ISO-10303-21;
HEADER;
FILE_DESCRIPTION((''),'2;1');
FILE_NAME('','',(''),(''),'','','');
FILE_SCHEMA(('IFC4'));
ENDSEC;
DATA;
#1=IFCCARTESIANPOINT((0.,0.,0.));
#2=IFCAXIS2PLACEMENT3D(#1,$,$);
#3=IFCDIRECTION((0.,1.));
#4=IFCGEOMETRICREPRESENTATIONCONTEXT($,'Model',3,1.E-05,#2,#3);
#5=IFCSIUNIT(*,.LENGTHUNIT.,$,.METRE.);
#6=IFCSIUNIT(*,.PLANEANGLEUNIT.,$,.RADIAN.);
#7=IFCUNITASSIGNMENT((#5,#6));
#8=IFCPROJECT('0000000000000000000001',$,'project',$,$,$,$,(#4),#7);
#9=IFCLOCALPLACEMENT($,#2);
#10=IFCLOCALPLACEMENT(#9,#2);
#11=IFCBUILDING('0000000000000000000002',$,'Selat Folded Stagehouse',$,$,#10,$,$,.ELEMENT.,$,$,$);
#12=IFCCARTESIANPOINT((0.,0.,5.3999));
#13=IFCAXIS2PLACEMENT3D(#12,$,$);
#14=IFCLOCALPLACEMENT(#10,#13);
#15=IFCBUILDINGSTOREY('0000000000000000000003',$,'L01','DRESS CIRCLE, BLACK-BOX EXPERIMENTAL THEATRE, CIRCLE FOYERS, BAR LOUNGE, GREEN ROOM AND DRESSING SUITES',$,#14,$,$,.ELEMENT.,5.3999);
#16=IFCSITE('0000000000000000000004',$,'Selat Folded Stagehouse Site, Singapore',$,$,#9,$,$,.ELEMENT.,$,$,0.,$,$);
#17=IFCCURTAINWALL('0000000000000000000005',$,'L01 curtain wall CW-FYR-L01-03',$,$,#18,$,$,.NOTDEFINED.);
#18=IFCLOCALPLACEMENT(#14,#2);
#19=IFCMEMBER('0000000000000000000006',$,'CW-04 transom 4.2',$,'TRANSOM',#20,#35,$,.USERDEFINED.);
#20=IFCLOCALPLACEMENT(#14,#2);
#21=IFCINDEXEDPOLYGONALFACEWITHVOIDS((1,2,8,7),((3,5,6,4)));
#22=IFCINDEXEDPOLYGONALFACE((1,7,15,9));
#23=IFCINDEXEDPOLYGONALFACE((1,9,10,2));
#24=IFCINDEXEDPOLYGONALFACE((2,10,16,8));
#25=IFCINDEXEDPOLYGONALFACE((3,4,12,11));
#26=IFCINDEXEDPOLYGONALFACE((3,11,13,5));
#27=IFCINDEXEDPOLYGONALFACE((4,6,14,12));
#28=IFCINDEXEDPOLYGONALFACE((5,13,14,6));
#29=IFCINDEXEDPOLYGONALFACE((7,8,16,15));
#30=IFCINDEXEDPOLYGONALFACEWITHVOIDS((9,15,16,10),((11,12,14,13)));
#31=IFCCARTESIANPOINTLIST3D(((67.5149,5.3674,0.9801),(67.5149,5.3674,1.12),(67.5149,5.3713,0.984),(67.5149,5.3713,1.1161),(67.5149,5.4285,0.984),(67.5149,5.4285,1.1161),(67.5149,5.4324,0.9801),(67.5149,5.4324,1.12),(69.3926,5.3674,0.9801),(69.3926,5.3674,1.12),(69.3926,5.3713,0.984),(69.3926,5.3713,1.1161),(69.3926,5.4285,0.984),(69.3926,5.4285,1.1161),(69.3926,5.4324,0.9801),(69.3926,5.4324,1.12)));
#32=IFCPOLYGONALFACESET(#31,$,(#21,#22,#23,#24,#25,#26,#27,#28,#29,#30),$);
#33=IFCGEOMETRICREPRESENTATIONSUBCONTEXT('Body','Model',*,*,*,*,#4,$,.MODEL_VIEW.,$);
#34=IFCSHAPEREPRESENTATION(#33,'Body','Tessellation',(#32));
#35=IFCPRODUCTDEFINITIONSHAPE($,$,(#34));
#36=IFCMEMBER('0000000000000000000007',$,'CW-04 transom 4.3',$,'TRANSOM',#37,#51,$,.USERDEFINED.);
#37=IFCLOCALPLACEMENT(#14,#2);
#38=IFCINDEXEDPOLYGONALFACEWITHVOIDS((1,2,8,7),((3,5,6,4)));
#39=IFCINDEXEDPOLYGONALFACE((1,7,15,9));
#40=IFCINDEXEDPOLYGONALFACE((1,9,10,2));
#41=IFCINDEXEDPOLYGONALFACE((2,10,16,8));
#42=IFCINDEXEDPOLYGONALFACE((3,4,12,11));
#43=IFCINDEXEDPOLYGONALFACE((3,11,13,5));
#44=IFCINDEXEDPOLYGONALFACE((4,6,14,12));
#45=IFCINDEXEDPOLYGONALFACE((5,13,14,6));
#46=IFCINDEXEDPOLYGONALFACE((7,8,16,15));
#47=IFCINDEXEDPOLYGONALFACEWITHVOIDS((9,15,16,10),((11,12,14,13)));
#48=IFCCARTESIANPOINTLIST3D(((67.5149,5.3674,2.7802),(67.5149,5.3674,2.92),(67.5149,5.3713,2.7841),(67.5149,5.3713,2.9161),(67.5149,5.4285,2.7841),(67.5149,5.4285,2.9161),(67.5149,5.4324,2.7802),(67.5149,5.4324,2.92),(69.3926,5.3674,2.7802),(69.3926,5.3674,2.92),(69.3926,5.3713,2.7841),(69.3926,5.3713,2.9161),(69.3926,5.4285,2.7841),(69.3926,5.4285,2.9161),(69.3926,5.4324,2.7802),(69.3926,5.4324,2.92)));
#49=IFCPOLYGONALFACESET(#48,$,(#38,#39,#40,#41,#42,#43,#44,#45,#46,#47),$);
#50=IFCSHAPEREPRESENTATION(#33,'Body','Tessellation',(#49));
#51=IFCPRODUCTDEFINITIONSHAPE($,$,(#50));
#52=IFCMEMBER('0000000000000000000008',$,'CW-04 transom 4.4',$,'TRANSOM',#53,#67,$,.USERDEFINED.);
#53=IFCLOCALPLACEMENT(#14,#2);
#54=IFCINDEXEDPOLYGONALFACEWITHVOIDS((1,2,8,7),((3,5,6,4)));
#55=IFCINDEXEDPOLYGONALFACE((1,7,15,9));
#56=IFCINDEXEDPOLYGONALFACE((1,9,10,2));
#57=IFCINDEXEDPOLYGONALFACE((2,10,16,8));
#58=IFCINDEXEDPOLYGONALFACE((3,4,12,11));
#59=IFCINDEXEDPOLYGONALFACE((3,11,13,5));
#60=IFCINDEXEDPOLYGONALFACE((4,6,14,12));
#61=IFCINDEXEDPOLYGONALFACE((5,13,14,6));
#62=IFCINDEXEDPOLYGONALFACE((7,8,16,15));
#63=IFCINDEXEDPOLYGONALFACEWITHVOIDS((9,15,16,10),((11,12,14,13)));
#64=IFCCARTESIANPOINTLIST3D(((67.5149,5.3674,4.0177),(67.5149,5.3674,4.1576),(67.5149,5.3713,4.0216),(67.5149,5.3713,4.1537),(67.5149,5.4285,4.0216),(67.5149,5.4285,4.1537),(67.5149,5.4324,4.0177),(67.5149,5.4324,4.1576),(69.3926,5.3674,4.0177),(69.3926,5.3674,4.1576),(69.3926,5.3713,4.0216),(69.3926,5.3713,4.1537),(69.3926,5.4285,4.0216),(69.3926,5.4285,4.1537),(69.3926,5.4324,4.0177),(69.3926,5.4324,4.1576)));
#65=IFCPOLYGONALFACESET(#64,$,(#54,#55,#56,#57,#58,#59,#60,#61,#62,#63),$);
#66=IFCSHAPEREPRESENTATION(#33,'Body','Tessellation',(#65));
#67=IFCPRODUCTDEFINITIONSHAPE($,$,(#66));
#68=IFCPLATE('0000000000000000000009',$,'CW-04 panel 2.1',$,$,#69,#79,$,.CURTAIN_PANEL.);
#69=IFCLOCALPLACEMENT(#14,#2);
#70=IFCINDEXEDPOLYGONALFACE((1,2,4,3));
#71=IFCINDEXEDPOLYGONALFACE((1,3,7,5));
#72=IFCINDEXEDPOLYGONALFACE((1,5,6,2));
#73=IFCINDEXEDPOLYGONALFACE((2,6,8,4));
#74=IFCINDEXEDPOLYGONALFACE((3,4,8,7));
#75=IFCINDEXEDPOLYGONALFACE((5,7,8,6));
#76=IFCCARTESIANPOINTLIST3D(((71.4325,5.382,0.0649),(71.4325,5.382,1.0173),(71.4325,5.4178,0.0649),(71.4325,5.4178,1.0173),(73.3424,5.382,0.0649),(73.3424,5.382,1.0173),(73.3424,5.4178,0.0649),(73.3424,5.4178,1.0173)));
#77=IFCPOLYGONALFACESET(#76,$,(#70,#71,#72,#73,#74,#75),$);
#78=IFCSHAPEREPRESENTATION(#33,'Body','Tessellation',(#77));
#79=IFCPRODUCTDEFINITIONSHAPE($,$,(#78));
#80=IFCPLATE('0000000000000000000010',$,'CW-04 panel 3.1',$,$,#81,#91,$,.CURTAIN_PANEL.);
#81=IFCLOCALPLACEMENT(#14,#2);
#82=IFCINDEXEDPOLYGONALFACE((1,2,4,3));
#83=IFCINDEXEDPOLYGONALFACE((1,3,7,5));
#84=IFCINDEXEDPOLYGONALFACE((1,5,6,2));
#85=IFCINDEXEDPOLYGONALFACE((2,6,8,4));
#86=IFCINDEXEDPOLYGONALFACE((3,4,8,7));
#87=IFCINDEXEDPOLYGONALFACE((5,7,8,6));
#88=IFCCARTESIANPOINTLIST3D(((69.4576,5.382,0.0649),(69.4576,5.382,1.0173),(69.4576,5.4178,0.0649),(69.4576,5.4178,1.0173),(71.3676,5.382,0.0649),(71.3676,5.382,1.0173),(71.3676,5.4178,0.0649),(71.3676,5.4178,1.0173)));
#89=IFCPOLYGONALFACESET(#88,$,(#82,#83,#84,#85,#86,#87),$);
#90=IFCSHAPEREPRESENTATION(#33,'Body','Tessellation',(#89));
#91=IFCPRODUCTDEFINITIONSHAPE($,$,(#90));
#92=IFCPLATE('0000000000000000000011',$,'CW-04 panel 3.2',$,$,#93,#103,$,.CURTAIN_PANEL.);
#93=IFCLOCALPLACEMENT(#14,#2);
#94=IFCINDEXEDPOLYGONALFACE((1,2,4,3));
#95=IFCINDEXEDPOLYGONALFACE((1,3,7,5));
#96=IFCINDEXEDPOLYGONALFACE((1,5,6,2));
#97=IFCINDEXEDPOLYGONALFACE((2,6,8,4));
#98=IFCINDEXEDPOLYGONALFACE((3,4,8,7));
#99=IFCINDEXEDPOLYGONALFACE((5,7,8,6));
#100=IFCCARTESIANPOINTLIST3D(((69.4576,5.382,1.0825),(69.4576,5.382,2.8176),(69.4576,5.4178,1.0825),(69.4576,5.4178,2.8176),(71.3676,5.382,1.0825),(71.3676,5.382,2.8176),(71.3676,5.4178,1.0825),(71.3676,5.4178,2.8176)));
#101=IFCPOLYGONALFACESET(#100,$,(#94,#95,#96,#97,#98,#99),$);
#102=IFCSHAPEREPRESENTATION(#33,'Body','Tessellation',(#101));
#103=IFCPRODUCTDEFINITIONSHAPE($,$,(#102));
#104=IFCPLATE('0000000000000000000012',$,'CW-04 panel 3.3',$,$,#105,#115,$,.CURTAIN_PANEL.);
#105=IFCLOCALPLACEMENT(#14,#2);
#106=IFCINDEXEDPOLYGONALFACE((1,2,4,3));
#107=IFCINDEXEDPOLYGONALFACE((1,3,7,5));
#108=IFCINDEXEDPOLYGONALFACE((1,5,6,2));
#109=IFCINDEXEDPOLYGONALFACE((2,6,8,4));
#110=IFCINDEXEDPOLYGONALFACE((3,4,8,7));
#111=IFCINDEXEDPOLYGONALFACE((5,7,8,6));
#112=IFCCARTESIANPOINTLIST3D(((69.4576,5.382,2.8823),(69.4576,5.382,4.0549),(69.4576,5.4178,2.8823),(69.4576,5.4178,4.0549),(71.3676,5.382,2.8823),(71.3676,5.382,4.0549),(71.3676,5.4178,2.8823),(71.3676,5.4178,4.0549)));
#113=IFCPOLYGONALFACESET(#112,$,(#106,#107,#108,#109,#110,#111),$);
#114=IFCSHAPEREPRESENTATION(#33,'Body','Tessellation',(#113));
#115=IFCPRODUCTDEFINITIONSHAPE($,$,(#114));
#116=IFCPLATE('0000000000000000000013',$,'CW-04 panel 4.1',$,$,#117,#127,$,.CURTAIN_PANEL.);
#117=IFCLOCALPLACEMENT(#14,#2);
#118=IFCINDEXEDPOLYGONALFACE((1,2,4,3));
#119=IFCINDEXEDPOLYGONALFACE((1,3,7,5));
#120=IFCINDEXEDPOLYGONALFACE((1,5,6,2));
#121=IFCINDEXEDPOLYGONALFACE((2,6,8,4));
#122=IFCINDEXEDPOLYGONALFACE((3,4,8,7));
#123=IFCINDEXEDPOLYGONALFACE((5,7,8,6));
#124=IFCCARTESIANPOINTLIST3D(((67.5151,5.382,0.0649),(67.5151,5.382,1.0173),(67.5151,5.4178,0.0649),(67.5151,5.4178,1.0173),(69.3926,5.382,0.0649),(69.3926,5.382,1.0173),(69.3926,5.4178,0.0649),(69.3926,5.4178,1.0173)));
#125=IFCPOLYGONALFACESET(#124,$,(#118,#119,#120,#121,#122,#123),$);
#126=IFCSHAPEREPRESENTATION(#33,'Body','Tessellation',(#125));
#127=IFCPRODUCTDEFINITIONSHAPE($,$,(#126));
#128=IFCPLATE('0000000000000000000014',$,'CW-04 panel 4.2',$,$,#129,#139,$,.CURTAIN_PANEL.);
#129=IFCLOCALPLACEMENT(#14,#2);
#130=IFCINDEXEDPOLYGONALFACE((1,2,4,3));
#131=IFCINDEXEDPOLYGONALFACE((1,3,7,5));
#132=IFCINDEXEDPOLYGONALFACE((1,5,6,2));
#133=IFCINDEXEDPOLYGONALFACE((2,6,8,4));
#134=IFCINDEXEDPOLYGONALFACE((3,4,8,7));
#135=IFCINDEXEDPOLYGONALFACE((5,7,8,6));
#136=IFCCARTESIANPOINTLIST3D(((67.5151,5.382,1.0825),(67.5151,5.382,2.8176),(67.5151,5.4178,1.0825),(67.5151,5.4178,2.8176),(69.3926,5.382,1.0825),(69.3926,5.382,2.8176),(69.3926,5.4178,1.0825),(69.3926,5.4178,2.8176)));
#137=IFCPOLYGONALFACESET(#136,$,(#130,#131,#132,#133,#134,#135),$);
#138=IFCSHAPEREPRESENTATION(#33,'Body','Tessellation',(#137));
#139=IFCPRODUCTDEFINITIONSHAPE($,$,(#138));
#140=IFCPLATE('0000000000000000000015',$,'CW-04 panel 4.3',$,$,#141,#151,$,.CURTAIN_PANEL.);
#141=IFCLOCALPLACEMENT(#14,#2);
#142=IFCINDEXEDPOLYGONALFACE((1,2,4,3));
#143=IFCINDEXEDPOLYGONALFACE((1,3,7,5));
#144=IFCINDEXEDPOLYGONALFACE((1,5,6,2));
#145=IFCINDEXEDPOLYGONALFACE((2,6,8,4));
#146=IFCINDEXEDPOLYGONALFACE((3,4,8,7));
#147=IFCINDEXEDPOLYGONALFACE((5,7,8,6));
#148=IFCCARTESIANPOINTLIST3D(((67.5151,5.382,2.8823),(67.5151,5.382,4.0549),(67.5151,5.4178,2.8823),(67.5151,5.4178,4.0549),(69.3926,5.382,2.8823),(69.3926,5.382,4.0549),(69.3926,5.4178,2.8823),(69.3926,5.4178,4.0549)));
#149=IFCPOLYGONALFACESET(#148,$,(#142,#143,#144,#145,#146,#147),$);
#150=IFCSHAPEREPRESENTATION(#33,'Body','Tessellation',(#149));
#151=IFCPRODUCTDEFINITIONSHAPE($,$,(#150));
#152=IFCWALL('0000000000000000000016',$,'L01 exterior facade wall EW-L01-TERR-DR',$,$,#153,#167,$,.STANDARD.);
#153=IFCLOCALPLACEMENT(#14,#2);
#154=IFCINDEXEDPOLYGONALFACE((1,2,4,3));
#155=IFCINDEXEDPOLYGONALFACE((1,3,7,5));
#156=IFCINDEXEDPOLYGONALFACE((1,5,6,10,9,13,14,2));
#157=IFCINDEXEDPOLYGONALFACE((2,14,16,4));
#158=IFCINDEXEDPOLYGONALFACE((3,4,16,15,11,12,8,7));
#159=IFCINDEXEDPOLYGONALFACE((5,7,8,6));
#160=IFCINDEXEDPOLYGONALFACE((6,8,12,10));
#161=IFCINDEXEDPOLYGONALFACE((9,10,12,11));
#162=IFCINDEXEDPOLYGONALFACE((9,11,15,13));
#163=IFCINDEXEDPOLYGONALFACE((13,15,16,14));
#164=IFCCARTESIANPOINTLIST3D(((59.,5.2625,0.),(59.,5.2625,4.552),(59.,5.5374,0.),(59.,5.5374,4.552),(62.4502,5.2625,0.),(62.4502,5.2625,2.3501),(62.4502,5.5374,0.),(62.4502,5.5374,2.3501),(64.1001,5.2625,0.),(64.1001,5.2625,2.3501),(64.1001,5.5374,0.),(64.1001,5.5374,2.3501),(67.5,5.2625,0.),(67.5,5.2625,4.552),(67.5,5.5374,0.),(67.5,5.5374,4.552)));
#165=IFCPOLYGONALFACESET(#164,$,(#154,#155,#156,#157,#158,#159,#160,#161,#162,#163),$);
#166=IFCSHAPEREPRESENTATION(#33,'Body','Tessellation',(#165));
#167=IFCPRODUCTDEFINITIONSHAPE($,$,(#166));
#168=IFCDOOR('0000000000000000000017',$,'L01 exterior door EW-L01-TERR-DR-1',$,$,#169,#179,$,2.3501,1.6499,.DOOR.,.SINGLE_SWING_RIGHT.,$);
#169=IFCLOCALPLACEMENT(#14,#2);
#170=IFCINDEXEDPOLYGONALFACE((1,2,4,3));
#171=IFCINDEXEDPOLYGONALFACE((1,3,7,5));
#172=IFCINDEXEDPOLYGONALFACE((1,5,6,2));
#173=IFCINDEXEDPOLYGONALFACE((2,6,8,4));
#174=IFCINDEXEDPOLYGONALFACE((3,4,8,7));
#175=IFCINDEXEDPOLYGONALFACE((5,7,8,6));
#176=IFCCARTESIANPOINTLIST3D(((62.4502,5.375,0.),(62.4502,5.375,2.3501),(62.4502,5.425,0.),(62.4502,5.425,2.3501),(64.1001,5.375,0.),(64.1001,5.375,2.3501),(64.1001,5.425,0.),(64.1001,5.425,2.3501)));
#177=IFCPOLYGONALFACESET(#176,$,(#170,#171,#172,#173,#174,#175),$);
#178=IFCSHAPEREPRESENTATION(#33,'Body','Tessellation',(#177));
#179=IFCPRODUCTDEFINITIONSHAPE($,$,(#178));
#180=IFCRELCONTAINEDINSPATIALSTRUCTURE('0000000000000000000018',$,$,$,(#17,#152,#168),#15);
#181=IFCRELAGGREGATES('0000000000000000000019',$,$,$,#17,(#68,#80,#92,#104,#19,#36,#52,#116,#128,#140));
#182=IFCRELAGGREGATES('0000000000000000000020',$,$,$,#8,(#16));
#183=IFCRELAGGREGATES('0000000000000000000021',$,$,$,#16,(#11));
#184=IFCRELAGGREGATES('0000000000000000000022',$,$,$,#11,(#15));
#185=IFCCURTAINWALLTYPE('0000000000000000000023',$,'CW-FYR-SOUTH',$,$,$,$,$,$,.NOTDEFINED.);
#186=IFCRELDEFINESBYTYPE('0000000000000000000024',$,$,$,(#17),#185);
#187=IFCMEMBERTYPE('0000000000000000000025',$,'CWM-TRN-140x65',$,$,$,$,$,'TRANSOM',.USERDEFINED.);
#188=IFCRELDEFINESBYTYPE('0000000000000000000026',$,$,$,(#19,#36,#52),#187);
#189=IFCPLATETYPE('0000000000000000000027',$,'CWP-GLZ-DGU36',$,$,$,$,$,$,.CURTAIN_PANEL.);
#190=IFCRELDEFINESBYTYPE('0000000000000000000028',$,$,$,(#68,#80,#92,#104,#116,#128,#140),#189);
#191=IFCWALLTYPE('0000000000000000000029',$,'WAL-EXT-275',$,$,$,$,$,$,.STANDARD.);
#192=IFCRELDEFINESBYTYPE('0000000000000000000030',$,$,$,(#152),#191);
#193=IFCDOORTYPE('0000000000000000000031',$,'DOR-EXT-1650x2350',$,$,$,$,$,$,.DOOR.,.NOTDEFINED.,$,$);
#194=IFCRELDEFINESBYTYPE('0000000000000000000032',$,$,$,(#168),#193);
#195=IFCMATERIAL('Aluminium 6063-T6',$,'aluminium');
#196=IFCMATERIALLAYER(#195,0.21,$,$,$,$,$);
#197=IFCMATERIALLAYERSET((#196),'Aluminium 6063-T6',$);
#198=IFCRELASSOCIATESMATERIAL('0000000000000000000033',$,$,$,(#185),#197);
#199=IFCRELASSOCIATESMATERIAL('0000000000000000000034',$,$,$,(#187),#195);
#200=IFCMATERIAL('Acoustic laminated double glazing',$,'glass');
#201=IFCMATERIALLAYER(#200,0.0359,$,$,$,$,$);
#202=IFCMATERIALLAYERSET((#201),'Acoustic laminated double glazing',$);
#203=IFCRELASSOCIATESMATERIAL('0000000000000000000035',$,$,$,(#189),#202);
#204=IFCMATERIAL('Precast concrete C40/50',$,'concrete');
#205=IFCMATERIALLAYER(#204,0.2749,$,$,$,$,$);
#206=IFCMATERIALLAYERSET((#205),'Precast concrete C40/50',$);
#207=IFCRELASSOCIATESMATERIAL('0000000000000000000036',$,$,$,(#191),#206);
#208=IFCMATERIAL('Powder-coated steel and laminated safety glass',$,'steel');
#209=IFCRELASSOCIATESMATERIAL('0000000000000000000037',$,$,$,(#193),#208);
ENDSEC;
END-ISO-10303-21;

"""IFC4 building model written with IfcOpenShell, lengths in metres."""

from ifc_helpers import new_model, si_unit, direction, frame, frame_2d, origin, origin_2d, place, context, subcontext, project, spatial, rectangle, hollow_rectangle, extrude, material, layer, layer_set, material_profile, profile_set, type_object, element, fill, aggregate, save


model = new_model("IFC4")

# Units and contexts
model_context = context("Model", 3, precision=1e-05, world=origin(), true_north=direction((0.0, 1.0)))
body_context = subcontext(model_context, "Body", "Model", "MODEL_VIEW")
ifc_project = project(units=[si_unit("LENGTHUNIT", "METRE"), si_unit("PLANEANGLEUNIT", "RADIAN")], contexts=[model_context])

# Site, building, storey
site_placement = place(None, origin())
site = spatial("IfcSite", under=ifc_project, at=site_placement, Name="Selat Folded Stagehouse Site, Singapore", CompositionType="ELEMENT", RefElevation=0.0)
building_placement = place(site_placement, origin())
building = spatial("IfcBuilding", under=site, at=building_placement, Name="Selat Folded Stagehouse", CompositionType="ELEMENT")
storey_placement = place(building_placement, frame((0.0, 0.0, 5.3999)))
storey = spatial("IfcBuildingStorey", under=building, at=storey_placement, Name="L01", Description="DRESS CIRCLE, BLACK-BOX EXPERIMENTAL THEATRE, CIRCLE FOYERS, BAR LOUNGE, GREEN ROOM AND DRESSING SUITES", CompositionType="ELEMENT", Elevation=5.3999)

# Curtain wall, members, plates
ifc_material_1 = material(Name="Aluminium 6063-T6", Category="aluminium")
ifc_layer_1 = layer(ifc_material_1, 0.21)
ifc_layer_set_1 = layer_set([ifc_layer_1], Name="Aluminium 6063-T6")
curtain_wall_type = type_object("IfcCurtainWallType", Name="CW-FYR-SOUTH", PredefinedType="NOTDEFINED", material=ifc_layer_set_1)
curtain_wall_placement = place(storey_placement, origin())
curtain_wall = element("IfcCurtainWall", 1, at=curtain_wall_placement, inside=storey, type_object=curtain_wall_type, Name="L01 curtain wall CW-FYR-L01-03", PredefinedType="NOTDEFINED")
ifc_material_profile_1 = material_profile(ifc_material_1, hollow_rectangle(XDim=0.0649, YDim=0.1399, WallThickness=0.0039, at=origin_2d()), Name="ALU 140x65x4.0")
ifc_profile_set_1 = profile_set([ifc_material_profile_1], Name="Aluminium 6063-T6")
member_type_1 = type_object("IfcMemberType", Name="CWM-TRN-140x65", ElementType="TRANSOM", PredefinedType="USERDEFINED", material=ifc_profile_set_1)
member_1_placement = place(storey_placement, frame((69.3926, 5.3999, 1.05), z_axis=(-1.0, 0.0, 0.0), x_axis=(0.0, -1.0, 0.0)))
member_1 = element("IfcMember", 2, at=member_1_placement, type_object=member_type_1, Name="CW-04 transom 4.2", ObjectType="TRANSOM", PredefinedType="USERDEFINED", context=body_context, shape_type="SweptSolid", body=[
    extrude(hollow_rectangle(XDim=0.0649, YDim=0.1399, WallThickness=0.0039, at=origin_2d()), origin(), (0.0, 0.0, 1.0), 1.8777),
])
member_2_placement = place(storey_placement, frame((69.3926, 5.3999, 2.8501), z_axis=(-1.0, 0.0, 0.0), x_axis=(0.0, -1.0, 0.0)))
member_2 = element("IfcMember", 3, at=member_2_placement, type_object=member_type_1, Name="CW-04 transom 4.3", ObjectType="TRANSOM", PredefinedType="USERDEFINED", context=body_context, shape_type="SweptSolid", body=[
    extrude(hollow_rectangle(XDim=0.0649, YDim=0.1399, WallThickness=0.0039, at=origin_2d()), origin(), (0.0, 0.0, 1.0), 1.8777),
])
member_3_placement = place(storey_placement, frame((69.3926, 5.3999, 4.0876), z_axis=(-1.0, 0.0, 0.0), x_axis=(0.0, -1.0, 0.0)))
member_3 = element("IfcMember", 4, at=member_3_placement, type_object=member_type_1, Name="CW-04 transom 4.4", ObjectType="TRANSOM", PredefinedType="USERDEFINED", context=body_context, shape_type="SweptSolid", body=[
    extrude(hollow_rectangle(XDim=0.0649, YDim=0.1399, WallThickness=0.0039, at=origin_2d()), origin(), (0.0, 0.0, 1.0), 1.8777),
])
ifc_material_2 = material(Name="Acoustic laminated double glazing", Category="glass")
ifc_layer_2 = layer(ifc_material_2, 0.0359)
ifc_layer_set_2 = layer_set([ifc_layer_2], Name="Acoustic laminated double glazing")
plate_type = type_object("IfcPlateType", Name="CWP-GLZ-DGU36", PredefinedType="CURTAIN_PANEL", material=ifc_layer_set_2)
plate_1_placement = place(storey_placement, frame((72.3875, 5.3999, 0.0649), z_axis=(0.0, 0.0, 1.0), x_axis=(-1.0, 0.0, 0.0)))
plate_1 = element("IfcPlate", 5, at=plate_1_placement, type_object=plate_type, Name="CW-04 panel 2.1", PredefinedType="CURTAIN_PANEL", context=body_context, shape_type="SweptSolid", body=[
    extrude(rectangle(XDim=1.9099, YDim=0.0359, at=origin_2d()), origin(), (0.0, 0.0, 1.0), 0.9524),
])
plate_2_placement = place(storey_placement, frame((70.4126, 5.3999, 0.0649), z_axis=(0.0, 0.0, 1.0), x_axis=(-1.0, 0.0, 0.0)))
plate_2 = element("IfcPlate", 6, at=plate_2_placement, type_object=plate_type, Name="CW-04 panel 3.1", PredefinedType="CURTAIN_PANEL", context=body_context, shape_type="SweptSolid", body=[
    extrude(rectangle(XDim=1.9099, YDim=0.0359, at=origin_2d()), origin(), (0.0, 0.0, 1.0), 0.9524),
])
plate_3_placement = place(storey_placement, frame((70.4126, 5.3999, 1.0825), z_axis=(0.0, 0.0, 1.0), x_axis=(-1.0, 0.0, 0.0)))
plate_3 = element("IfcPlate", 7, at=plate_3_placement, type_object=plate_type, Name="CW-04 panel 3.2", PredefinedType="CURTAIN_PANEL", context=body_context, shape_type="SweptSolid", body=[
    extrude(rectangle(XDim=1.9099, YDim=0.0359, at=origin_2d()), origin(), (0.0, 0.0, 1.0), 1.7351),
])
plate_4_placement = place(storey_placement, frame((70.4126, 5.3999, 2.8823), z_axis=(0.0, 0.0, 1.0), x_axis=(-1.0, 0.0, 0.0)))
plate_4 = element("IfcPlate", 8, at=plate_4_placement, type_object=plate_type, Name="CW-04 panel 3.3", PredefinedType="CURTAIN_PANEL", context=body_context, shape_type="SweptSolid", body=[
    extrude(rectangle(XDim=1.9099, YDim=0.0359, at=origin_2d()), origin(), (0.0, 0.0, 1.0), 1.1726),
])
plate_5_placement = place(storey_placement, frame((68.4539, 5.3999, 0.0649), z_axis=(0.0, 0.0, 1.0), x_axis=(-1.0, 0.0, 0.0)))
plate_5 = element("IfcPlate", 9, at=plate_5_placement, type_object=plate_type, Name="CW-04 panel 4.1", PredefinedType="CURTAIN_PANEL", context=body_context, shape_type="SweptSolid", body=[
    extrude(rectangle(XDim=1.8774, YDim=0.0359, at=origin_2d()), origin(), (0.0, 0.0, 1.0), 0.9524),
])
plate_6_placement = place(storey_placement, frame((68.4539, 5.3999, 1.0825), z_axis=(0.0, 0.0, 1.0), x_axis=(-1.0, 0.0, 0.0)))
plate_6 = element("IfcPlate", 10, at=plate_6_placement, type_object=plate_type, Name="CW-04 panel 4.2", PredefinedType="CURTAIN_PANEL", context=body_context, shape_type="SweptSolid", body=[
    extrude(rectangle(XDim=1.8774, YDim=0.0359, at=origin_2d()), origin(), (0.0, 0.0, 1.0), 1.7351),
])
plate_7_placement = place(storey_placement, frame((68.4539, 5.3999, 2.8823), z_axis=(0.0, 0.0, 1.0), x_axis=(-1.0, 0.0, 0.0)))
plate_7 = element("IfcPlate", 11, at=plate_7_placement, type_object=plate_type, Name="CW-04 panel 4.3", PredefinedType="CURTAIN_PANEL", context=body_context, shape_type="SweptSolid", body=[
    extrude(rectangle(XDim=1.8774, YDim=0.0359, at=origin_2d()), origin(), (0.0, 0.0, 1.0), 1.1726),
])
aggregate(curtain_wall, [plate_1, plate_2, plate_3, plate_4, member_1, member_2, member_3, plate_5, plate_6, plate_7])

# Wall, opening, door
ifc_material_3 = material(Name="Precast concrete C40/50", Category="concrete")
ifc_layer_3 = layer(ifc_material_3, 0.2749)
ifc_layer_set_3 = layer_set([ifc_layer_3], Name="Precast concrete C40/50")
wall_type = type_object("IfcWallType", Name="WAL-EXT-275", PredefinedType="STANDARD", material=ifc_layer_set_3)
wall_placement = place(storey_placement, frame((67.5, 5.3999, 0.0), z_axis=(0.0, 0.0, 1.0), x_axis=(-1.0, 0.0, 0.0)))
wall = element("IfcWall", 12, at=wall_placement, inside=storey, type_object=wall_type, Name="L01 exterior facade wall EW-L01-TERR-DR", PredefinedType="STANDARD", context=body_context, shape_type="SweptSolid", body=[
    extrude(rectangle(XDim=8.5, YDim=0.2749, at=frame_2d((4.25, 0.0))), origin(), (0.0, 0.0, 1.0), 4.552),
])
opening_placement = place(wall_placement, frame((3.3999, 0.0, 0.0)))
opening = element("IfcOpeningElement", 13, at=opening_placement, cuts=wall, PredefinedType="OPENING", context=body_context, shape_type="SweptSolid", body=[
    extrude(rectangle(XDim=1.6499, YDim=2.3501, at=frame_2d((0.825, 1.175))), frame((0.0, 0.1475, 0.0), z_axis=(0.0, -1.0, 0.0), x_axis=(1.0, 0.0, 0.0)), (0.0, 0.0, 1.0), 0.2949),
])
ifc_material_4 = material(Name="Powder-coated steel and laminated safety glass", Category="steel")
door_type = type_object("IfcDoorType", Name="DOR-EXT-1650x2350", OperationType="NOTDEFINED", PredefinedType="DOOR", material=ifc_material_4)
door_placement = place(opening_placement, origin())
door = element("IfcDoor", 14, at=door_placement, inside=storey, type_object=door_type, Name="L01 exterior door EW-L01-TERR-DR-1", OperationType="SINGLE_SWING_RIGHT", OverallHeight=2.3501, OverallWidth=1.6499, PredefinedType="DOOR", context=body_context, shape_type="SweptSolid", body=[
    extrude(rectangle(XDim=1.6499, YDim=2.3501, at=frame_2d((0.825, 1.175))), frame((0.0, 0.0249, 0.0), z_axis=(0.0, -1.0, 0.0), x_axis=(1.0, 0.0, 0.0)), (0.0, 0.0, 1.0), 0.05),
])
fill(opening, door)

save(model, "model.ifc")
